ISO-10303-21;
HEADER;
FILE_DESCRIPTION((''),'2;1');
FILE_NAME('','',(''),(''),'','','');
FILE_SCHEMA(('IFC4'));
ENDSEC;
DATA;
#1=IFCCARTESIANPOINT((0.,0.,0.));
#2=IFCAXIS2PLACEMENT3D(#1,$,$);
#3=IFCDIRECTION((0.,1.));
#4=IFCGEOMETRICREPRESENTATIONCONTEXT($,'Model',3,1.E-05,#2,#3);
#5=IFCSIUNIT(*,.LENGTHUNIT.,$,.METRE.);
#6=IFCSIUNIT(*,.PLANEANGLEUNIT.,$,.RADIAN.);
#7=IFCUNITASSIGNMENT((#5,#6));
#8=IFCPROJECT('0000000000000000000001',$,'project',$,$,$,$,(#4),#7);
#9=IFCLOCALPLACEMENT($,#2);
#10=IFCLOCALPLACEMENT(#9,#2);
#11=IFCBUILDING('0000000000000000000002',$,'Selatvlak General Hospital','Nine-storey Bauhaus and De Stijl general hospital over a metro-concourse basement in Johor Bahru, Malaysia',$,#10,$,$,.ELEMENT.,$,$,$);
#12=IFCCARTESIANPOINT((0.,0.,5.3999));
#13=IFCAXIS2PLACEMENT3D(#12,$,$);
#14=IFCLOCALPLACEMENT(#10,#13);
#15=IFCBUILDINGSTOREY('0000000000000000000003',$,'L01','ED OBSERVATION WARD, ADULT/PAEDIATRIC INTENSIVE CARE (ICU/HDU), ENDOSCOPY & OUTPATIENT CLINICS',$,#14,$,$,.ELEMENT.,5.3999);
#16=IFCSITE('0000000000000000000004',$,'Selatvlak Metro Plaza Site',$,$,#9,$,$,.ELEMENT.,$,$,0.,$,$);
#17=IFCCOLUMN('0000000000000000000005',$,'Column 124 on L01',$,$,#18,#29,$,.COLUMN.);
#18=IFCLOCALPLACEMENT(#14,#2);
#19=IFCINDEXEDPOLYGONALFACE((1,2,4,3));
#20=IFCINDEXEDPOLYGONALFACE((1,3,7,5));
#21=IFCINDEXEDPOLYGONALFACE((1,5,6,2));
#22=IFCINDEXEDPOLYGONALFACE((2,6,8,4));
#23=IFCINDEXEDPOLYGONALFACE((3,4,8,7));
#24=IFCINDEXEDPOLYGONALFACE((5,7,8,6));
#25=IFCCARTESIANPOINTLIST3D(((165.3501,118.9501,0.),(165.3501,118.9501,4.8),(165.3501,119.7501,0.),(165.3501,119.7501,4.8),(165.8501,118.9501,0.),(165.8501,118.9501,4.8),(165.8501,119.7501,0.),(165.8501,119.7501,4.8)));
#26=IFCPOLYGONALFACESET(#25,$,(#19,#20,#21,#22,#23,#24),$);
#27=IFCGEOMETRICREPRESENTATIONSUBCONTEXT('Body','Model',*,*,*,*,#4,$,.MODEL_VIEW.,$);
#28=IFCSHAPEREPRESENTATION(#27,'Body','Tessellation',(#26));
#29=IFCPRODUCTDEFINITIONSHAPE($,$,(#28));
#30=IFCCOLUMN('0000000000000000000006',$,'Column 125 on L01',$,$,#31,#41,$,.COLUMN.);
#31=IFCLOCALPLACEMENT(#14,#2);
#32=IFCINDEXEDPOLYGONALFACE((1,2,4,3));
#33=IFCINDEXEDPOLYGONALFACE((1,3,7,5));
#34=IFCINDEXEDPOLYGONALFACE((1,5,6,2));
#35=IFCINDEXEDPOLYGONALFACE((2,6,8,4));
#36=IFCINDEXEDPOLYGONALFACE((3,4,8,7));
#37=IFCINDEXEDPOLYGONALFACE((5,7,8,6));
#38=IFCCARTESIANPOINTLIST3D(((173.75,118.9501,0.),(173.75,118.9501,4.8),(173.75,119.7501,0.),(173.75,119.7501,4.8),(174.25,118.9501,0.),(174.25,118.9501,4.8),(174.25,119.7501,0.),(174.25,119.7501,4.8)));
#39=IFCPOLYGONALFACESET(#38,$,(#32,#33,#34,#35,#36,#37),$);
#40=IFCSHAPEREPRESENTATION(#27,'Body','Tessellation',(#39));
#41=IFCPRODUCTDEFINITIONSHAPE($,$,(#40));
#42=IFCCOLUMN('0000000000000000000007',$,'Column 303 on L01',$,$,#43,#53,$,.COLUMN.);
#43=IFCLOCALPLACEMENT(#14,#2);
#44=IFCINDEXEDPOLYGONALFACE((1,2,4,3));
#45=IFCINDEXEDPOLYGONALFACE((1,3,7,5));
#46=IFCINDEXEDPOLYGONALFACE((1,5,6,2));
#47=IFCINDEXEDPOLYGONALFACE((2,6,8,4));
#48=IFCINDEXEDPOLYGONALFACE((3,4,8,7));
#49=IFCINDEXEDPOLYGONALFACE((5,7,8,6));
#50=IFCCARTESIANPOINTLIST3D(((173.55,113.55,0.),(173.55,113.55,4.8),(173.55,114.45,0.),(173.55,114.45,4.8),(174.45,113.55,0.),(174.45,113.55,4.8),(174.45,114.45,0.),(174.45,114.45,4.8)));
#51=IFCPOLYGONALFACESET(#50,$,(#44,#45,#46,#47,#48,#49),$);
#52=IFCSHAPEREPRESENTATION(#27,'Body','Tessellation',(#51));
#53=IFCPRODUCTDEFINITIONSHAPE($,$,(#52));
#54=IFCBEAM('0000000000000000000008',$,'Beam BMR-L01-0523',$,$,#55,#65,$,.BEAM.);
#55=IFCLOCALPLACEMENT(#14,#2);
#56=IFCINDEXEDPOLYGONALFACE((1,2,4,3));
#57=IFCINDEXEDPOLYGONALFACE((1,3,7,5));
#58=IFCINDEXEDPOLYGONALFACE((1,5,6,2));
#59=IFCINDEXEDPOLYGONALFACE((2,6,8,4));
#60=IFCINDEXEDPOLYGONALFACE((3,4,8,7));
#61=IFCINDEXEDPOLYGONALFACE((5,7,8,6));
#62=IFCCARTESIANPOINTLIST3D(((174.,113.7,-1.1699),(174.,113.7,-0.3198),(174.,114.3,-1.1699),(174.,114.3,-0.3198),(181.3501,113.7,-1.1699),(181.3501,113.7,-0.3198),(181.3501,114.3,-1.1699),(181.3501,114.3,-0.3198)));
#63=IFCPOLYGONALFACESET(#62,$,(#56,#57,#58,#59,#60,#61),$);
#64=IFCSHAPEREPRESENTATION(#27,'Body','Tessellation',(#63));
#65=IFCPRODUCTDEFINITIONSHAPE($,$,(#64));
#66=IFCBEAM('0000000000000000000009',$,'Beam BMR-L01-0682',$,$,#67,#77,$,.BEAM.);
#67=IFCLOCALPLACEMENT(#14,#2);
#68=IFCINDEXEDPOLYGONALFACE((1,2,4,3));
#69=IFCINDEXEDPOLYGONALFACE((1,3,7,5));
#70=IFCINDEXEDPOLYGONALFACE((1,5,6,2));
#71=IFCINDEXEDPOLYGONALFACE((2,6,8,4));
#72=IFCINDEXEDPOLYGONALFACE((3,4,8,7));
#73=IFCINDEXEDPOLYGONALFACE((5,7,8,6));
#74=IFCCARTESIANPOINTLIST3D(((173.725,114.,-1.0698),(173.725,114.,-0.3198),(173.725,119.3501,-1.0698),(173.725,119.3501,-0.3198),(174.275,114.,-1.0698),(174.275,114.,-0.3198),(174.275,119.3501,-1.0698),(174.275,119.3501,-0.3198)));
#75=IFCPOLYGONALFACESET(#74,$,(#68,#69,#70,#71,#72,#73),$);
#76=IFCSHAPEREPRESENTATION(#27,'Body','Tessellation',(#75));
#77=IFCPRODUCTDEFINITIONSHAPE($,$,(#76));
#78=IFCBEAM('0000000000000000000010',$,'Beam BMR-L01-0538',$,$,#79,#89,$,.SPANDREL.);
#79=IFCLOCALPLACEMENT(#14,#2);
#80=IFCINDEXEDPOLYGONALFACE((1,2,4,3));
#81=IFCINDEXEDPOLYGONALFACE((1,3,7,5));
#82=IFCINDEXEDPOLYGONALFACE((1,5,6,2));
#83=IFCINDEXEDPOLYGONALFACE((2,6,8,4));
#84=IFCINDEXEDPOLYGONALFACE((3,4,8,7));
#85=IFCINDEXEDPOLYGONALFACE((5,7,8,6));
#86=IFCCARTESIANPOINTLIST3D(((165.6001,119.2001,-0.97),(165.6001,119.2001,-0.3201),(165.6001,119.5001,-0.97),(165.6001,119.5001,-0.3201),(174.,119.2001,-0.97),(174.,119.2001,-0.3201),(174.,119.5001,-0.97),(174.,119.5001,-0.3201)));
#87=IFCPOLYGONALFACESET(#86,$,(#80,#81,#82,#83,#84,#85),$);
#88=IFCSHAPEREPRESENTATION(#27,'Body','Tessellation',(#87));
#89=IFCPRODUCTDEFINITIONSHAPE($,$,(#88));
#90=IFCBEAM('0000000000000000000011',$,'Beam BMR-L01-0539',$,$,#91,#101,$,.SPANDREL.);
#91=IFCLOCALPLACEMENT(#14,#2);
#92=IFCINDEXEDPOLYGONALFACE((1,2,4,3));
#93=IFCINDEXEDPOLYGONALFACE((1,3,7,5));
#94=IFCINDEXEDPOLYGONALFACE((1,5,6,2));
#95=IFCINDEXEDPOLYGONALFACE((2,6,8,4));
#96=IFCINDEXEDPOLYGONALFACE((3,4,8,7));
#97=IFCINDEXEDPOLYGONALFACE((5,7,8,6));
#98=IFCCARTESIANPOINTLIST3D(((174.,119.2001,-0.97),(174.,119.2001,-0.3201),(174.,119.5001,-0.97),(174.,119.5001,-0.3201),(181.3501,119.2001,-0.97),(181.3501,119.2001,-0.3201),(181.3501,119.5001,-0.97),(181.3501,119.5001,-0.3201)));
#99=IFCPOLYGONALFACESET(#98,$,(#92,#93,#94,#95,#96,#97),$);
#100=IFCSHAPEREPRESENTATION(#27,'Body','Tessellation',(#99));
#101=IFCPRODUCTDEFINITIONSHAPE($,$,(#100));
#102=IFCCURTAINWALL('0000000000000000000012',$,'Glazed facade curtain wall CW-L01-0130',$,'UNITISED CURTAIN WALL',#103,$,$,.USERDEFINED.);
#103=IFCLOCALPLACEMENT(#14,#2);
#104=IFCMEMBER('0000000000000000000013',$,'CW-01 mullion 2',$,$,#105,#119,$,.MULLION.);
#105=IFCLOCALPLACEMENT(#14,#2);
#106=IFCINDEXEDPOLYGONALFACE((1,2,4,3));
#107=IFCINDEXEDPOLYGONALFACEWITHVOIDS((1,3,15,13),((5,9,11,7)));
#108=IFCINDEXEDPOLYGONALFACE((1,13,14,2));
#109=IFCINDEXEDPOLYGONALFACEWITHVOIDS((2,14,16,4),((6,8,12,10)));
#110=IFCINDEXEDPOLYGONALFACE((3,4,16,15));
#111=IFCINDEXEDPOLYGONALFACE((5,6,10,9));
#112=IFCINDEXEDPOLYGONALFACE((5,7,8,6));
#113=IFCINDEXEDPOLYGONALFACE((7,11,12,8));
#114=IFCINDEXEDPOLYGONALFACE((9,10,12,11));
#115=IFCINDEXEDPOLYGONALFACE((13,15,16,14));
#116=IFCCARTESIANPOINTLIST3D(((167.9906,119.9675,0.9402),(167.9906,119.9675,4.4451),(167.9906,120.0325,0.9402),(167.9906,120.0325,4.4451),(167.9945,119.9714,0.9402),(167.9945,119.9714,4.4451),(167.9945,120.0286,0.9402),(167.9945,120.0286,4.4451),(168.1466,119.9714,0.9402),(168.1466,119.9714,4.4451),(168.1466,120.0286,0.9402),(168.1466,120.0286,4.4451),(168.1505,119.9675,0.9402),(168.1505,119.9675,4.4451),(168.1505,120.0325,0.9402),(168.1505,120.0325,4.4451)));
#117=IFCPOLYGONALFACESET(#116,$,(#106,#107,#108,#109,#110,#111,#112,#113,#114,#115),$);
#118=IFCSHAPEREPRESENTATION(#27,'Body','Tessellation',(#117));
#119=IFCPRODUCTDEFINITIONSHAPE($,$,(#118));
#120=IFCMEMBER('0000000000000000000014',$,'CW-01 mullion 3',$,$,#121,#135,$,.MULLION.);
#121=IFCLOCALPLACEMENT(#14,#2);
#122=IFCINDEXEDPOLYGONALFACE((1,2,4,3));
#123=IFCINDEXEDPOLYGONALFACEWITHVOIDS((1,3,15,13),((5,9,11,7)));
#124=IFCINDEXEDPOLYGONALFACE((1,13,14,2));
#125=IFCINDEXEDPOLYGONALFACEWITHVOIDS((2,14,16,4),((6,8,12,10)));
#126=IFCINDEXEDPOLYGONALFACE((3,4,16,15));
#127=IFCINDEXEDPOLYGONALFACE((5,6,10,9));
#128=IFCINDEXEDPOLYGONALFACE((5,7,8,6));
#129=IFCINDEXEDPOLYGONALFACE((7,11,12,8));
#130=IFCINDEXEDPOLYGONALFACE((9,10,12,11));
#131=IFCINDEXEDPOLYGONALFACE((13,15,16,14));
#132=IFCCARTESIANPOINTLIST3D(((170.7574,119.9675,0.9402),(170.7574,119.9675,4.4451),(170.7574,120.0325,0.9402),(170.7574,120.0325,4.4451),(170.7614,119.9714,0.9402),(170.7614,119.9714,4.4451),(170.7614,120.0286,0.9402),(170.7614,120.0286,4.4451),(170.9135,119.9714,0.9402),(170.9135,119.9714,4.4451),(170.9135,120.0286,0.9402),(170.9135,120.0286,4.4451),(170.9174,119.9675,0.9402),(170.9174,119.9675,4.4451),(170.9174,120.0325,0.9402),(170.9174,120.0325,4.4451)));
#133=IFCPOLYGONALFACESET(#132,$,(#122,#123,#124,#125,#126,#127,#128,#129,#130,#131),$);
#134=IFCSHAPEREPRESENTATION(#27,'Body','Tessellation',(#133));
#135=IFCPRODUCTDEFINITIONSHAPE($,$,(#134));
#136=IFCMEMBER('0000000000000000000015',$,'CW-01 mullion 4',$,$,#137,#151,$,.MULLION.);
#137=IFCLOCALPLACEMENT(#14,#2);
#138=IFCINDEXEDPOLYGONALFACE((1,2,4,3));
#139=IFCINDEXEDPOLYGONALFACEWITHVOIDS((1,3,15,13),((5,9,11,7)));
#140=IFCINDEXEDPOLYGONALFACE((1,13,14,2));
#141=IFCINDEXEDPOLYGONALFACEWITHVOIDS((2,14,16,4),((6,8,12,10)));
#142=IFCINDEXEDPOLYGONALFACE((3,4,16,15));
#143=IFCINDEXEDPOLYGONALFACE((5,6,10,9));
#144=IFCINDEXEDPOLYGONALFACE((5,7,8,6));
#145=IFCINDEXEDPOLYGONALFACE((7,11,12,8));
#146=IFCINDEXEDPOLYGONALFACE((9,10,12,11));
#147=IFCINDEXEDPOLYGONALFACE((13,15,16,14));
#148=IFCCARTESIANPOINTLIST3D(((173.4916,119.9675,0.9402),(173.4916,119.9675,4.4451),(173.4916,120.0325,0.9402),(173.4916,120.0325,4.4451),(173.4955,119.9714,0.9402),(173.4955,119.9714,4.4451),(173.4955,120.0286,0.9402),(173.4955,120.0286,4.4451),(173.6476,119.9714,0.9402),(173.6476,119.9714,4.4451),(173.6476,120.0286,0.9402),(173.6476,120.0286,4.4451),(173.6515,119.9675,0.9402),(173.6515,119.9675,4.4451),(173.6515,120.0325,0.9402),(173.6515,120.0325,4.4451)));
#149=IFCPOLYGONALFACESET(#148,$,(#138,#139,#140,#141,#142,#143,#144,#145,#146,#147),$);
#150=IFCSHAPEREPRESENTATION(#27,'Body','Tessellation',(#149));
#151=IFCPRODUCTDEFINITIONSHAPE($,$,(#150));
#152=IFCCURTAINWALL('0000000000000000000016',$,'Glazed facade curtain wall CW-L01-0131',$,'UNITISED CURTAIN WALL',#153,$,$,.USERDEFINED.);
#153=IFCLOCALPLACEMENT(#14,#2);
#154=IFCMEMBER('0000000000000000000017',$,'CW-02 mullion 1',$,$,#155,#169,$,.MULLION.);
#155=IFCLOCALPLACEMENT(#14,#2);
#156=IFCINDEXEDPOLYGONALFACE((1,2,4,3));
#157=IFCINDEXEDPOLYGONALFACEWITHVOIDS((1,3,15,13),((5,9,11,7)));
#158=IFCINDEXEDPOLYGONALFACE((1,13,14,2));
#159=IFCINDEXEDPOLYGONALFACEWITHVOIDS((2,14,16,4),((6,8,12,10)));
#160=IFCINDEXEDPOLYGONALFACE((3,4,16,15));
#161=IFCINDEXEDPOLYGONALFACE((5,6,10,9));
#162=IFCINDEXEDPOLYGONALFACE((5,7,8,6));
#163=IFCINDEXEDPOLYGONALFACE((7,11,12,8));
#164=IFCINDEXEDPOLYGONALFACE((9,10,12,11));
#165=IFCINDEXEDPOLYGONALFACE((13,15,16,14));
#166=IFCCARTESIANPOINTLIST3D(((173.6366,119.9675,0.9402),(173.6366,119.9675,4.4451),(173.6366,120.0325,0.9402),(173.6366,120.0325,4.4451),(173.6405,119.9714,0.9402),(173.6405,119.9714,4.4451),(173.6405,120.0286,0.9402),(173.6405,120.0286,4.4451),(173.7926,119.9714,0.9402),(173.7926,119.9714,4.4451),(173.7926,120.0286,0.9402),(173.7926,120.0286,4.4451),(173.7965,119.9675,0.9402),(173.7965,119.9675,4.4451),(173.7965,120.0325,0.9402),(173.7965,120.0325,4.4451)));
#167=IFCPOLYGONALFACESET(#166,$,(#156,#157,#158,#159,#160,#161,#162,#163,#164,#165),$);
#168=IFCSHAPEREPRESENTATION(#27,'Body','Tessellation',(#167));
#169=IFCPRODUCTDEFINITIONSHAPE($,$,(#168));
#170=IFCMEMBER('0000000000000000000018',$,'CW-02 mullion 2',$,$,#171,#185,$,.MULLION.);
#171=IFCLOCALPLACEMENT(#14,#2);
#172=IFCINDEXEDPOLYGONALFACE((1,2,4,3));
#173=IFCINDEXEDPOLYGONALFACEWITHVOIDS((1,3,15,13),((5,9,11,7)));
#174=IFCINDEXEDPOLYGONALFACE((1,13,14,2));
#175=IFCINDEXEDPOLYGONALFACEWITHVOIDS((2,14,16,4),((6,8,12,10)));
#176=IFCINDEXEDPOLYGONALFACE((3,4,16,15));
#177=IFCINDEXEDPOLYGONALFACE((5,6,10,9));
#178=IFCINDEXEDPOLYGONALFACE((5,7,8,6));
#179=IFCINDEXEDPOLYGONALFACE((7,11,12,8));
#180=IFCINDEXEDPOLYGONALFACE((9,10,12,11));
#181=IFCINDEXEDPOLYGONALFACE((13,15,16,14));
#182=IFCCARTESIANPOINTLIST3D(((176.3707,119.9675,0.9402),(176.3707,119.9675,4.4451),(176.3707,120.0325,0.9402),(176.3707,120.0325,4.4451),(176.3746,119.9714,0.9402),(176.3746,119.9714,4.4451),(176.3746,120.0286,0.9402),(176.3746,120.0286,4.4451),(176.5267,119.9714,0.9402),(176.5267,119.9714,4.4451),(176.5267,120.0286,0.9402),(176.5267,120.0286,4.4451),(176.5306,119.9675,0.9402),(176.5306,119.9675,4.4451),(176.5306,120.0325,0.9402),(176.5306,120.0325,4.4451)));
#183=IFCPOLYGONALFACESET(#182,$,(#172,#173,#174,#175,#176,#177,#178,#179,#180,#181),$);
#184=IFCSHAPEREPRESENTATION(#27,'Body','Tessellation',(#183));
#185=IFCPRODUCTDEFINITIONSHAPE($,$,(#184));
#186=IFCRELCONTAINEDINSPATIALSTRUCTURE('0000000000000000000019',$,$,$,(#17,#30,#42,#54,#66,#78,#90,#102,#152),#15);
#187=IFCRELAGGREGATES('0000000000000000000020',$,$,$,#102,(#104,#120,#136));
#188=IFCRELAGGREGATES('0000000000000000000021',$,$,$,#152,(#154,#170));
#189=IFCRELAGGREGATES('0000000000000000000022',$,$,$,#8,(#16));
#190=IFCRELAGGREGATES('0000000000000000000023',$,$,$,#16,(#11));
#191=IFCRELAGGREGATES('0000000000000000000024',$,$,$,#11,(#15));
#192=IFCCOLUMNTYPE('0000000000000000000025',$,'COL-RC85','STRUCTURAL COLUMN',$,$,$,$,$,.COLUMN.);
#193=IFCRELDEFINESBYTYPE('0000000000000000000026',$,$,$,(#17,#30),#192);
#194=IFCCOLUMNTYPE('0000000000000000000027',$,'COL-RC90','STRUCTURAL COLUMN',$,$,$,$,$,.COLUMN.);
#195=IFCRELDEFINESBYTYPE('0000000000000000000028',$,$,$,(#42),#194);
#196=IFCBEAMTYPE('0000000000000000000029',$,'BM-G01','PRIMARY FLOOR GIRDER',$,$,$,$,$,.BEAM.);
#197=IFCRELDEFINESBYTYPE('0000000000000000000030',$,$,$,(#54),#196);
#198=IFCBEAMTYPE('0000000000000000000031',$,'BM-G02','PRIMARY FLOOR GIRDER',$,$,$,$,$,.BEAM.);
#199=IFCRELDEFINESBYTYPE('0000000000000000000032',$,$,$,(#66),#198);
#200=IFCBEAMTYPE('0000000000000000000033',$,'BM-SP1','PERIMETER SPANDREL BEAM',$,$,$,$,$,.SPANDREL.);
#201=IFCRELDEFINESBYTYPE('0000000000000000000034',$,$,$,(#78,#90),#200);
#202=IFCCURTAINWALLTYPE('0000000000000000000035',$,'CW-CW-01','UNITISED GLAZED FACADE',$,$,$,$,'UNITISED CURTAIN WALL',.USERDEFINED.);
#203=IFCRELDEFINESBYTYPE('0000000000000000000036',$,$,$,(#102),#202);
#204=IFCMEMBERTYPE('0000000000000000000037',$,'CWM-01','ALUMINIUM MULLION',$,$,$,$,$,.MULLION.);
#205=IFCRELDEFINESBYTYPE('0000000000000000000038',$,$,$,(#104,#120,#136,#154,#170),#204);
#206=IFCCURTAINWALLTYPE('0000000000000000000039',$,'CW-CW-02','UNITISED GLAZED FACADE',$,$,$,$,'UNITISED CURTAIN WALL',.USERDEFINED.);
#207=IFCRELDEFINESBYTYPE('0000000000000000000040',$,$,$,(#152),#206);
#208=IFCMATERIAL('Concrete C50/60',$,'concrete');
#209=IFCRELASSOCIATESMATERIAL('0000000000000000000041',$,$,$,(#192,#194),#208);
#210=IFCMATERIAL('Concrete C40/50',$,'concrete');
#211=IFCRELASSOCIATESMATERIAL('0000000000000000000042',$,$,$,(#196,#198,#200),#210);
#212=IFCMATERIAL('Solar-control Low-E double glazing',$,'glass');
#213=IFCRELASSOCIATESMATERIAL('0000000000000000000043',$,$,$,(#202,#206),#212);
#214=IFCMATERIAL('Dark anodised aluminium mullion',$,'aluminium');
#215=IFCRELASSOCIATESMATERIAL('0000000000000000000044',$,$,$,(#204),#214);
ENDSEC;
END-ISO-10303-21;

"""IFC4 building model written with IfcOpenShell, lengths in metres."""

from ifc_helpers import new_model, si_unit, direction, frame, origin, origin_2d, place, context, subcontext, project, spatial, rectangle, hollow_rectangle, extrude, material, material_profile, profile_set, type_object, element, aggregate, save


model = new_model("IFC4")

# Units and contexts
model_context = context("Model", 3, precision=1e-05, world=origin(), true_north=direction((0.0, 1.0)))
body_context = subcontext(model_context, "Body", "Model", "MODEL_VIEW")
ifc_project = project(units=[si_unit("LENGTHUNIT", "METRE"), si_unit("PLANEANGLEUNIT", "RADIAN")], contexts=[model_context])

# Site, building, storey
site_placement = place(None, origin())
site = spatial("IfcSite", under=ifc_project, at=site_placement, Name="Selatvlak Metro Plaza Site", CompositionType="ELEMENT", RefElevation=0.0)
building_placement = place(site_placement, origin())
building = spatial("IfcBuilding", under=site, at=building_placement, Name="Selatvlak General Hospital", Description="Nine-storey Bauhaus and De Stijl general hospital over a metro-concourse basement in Johor Bahru, Malaysia", CompositionType="ELEMENT")
storey_placement = place(building_placement, frame((0.0, 0.0, 5.3999)))
storey = spatial("IfcBuildingStorey", under=building, at=storey_placement, Name="L01", Description="ED OBSERVATION WARD, ADULT/PAEDIATRIC INTENSIVE CARE (ICU/HDU), ENDOSCOPY & OUTPATIENT CLINICS", CompositionType="ELEMENT", Elevation=5.3999)

# Columns
ifc_material_1 = material(Name="Concrete C50/60", Category="concrete")
ifc_material_profile_1 = material_profile(ifc_material_1, rectangle(XDim=0.5, YDim=0.8, at=origin_2d()), Name="RC-COL 800x500")
ifc_profile_set_1 = profile_set([ifc_material_profile_1], Name="Concrete C50/60")
column_type_1 = type_object("IfcColumnType", Name="COL-RC85", Description="STRUCTURAL COLUMN", PredefinedType="COLUMN", material=ifc_profile_set_1)
for number, where, z_axis, x_axis, name in (
    (1, (165.6001, 119.3501, 0.0), (0.0, 0.0, 1.0), (1.0, 0.0, 0.0), "Column 124 on L01"),
    (2, (174.0, 119.3501, 0.0), (0.0, 0.0, 1.0), (1.0, 0.0, 0.0), "Column 125 on L01"),
):
    element("IfcColumn", number, at=place(storey_placement, frame(where, z_axis=z_axis, x_axis=x_axis)), inside=storey, type_object=column_type_1, Name=name, PredefinedType="COLUMN", context=body_context, shape_type="SweptSolid", body=[
        extrude(rectangle(XDim=0.5, YDim=0.8, at=origin_2d()), origin(), (0.0, 0.0, 1.0), 4.8),
    ])
ifc_material_profile_2 = material_profile(ifc_material_1, rectangle(XDim=0.8999, YDim=0.8999, at=origin_2d()), Name="RC-COL 900x900")
ifc_profile_set_2 = profile_set([ifc_material_profile_2], Name="Concrete C50/60")
column_type_2 = type_object("IfcColumnType", Name="COL-RC90", Description="STRUCTURAL COLUMN", PredefinedType="COLUMN", material=ifc_profile_set_2)
column_placement = place(storey_placement, frame((174.0, 114.0, 0.0), z_axis=(0.0, 0.0, 1.0), x_axis=(1.0, 0.0, 0.0)))
element("IfcColumn", 3, at=column_placement, inside=storey, type_object=column_type_2, Name="Column 303 on L01", PredefinedType="COLUMN", context=body_context, shape_type="SweptSolid", body=[
    extrude(rectangle(XDim=0.8999, YDim=0.8999, at=origin_2d()), origin(), (0.0, 0.0, 1.0), 4.8),
])

# Beams
ifc_material_2 = material(Name="Concrete C40/50", Category="concrete")
ifc_material_profile_3 = material_profile(ifc_material_2, rectangle(XDim=0.6001, YDim=0.8501, at=origin_2d()), Name="RC-BM 600x850")
ifc_profile_set_3 = profile_set([ifc_material_profile_3], Name="Concrete C40/50")
beam_type_1 = type_object("IfcBeamType", Name="BM-G01", Description="PRIMARY FLOOR GIRDER", PredefinedType="BEAM", material=ifc_profile_set_3)
beam_1_placement = place(storey_placement, frame((174.0, 114.0, -0.7449), z_axis=(1.0, 0.0, 0.0), x_axis=(0.0, 1.0, 0.0)))
element("IfcBeam", 4, at=beam_1_placement, inside=storey, type_object=beam_type_1, Name="Beam BMR-L01-0523", PredefinedType="BEAM", context=body_context, shape_type="SweptSolid", body=[
    extrude(rectangle(XDim=0.6001, YDim=0.8501, at=origin_2d()), origin(), (0.0, 0.0, 1.0), 7.3501),
])
ifc_material_profile_4 = material_profile(ifc_material_2, rectangle(XDim=0.55, YDim=0.75, at=origin_2d()), Name="RC-BM 550x750")
ifc_profile_set_4 = profile_set([ifc_material_profile_4], Name="Concrete C40/50")
beam_type_2 = type_object("IfcBeamType", Name="BM-G02", Description="PRIMARY FLOOR GIRDER", PredefinedType="BEAM", material=ifc_profile_set_4)
beam_2_placement = place(storey_placement, frame((174.0, 114.0, -0.6948), z_axis=(0.0, 1.0, 0.0), x_axis=(-1.0, 0.0, 0.0)))
element("IfcBeam", 5, at=beam_2_placement, inside=storey, type_object=beam_type_2, Name="Beam BMR-L01-0682", PredefinedType="BEAM", context=body_context, shape_type="SweptSolid", body=[
    extrude(rectangle(XDim=0.55, YDim=0.75, at=origin_2d()), origin(), (0.0, 0.0, 1.0), 5.3501),
])
ifc_material_profile_5 = material_profile(ifc_material_2, rectangle(XDim=0.3, YDim=0.6499, at=origin_2d()), Name="RC-SP 300x650")
ifc_profile_set_5 = profile_set([ifc_material_profile_5], Name="Concrete C40/50")
beam_type_3 = type_object("IfcBeamType", Name="BM-SP1", Description="PERIMETER SPANDREL BEAM", PredefinedType="SPANDREL", material=ifc_profile_set_5)
beam_3_placement = place(storey_placement, frame((165.6001, 119.3501, -0.645), z_axis=(1.0, 0.0, 0.0), x_axis=(0.0, 1.0, 0.0)))
element("IfcBeam", 6, at=beam_3_placement, inside=storey, type_object=beam_type_3, Name="Beam BMR-L01-0538", PredefinedType="SPANDREL", context=body_context, shape_type="SweptSolid", body=[
    extrude(rectangle(XDim=0.3, YDim=0.6499, at=origin_2d()), origin(), (0.0, 0.0, 1.0), 8.3999),
])
beam_4_placement = place(storey_placement, frame((174.0, 119.3501, -0.645), z_axis=(1.0, 0.0, 0.0), x_axis=(0.0, 1.0, 0.0)))
element("IfcBeam", 7, at=beam_4_placement, inside=storey, type_object=beam_type_3, Name="Beam BMR-L01-0539", PredefinedType="SPANDREL", context=body_context, shape_type="SweptSolid", body=[
    extrude(rectangle(XDim=0.3, YDim=0.6499, at=origin_2d()), origin(), (0.0, 0.0, 1.0), 7.3501),
])

# Curtain walls, members
ifc_material_3 = material(Name="Solar-control Low-E double glazing", Category="glass")
curtain_wall_type_1 = type_object("IfcCurtainWallType", Name="CW-CW-01", Description="UNITISED GLAZED FACADE", ElementType="UNITISED CURTAIN WALL", PredefinedType="USERDEFINED", material=ifc_material_3)
curtain_wall_1_placement = place(storey_placement, origin())
curtain_wall_1 = element("IfcCurtainWall", 8, at=curtain_wall_1_placement, inside=storey, type_object=curtain_wall_type_1, Name="Glazed facade curtain wall CW-L01-0130", ObjectType="UNITISED CURTAIN WALL", PredefinedType="USERDEFINED")
ifc_material_4 = material(Name="Dark anodised aluminium mullion", Category="aluminium")
ifc_material_profile_6 = material_profile(ifc_material_4, hollow_rectangle(XDim=0.0649, YDim=0.1599, WallThickness=0.0039, at=origin_2d()), Name="AL-MUL 65x160x4")
ifc_profile_set_6 = profile_set([ifc_material_profile_6], Name="Dark anodised aluminium mullion")
member_type_1 = type_object("IfcMemberType", Name="CWM-01", Description="ALUMINIUM MULLION", PredefinedType="MULLION", material=ifc_profile_set_6)
member_1_placement = place(storey_placement, frame((168.0706, 120.0, 0.9402), z_axis=(0.0, 0.0, 1.0), x_axis=(0.0, 1.0, 0.0)))
member_1 = element("IfcMember", 9, at=member_1_placement, type_object=member_type_1, Name="CW-01 mullion 2", PredefinedType="MULLION", context=body_context, shape_type="SweptSolid", body=[
    extrude(hollow_rectangle(XDim=0.0649, YDim=0.1599, WallThickness=0.0039, at=origin_2d()), origin(), (0.0, 0.0, 1.0), 3.5049),
])
member_2_placement = place(storey_placement, frame((170.8374, 120.0, 0.9402), z_axis=(0.0, 0.0, 1.0), x_axis=(0.0, 1.0, 0.0)))
member_2 = element("IfcMember", 10, at=member_2_placement, type_object=member_type_1, Name="CW-01 mullion 3", PredefinedType="MULLION", context=body_context, shape_type="SweptSolid", body=[
    extrude(hollow_rectangle(XDim=0.0649, YDim=0.1599, WallThickness=0.0039, at=origin_2d()), origin(), (0.0, 0.0, 1.0), 3.5049),
])
member_3_placement = place(storey_placement, frame((173.5715, 120.0, 0.9402), z_axis=(0.0, 0.0, 1.0), x_axis=(0.0, 1.0, 0.0)))
member_3 = element("IfcMember", 11, at=member_3_placement, type_object=member_type_1, Name="CW-01 mullion 4", PredefinedType="MULLION", context=body_context, shape_type="SweptSolid", body=[
    extrude(hollow_rectangle(XDim=0.0649, YDim=0.1599, WallThickness=0.0039, at=origin_2d()), origin(), (0.0, 0.0, 1.0), 3.5049),
])
curtain_wall_type_2 = type_object("IfcCurtainWallType", Name="CW-CW-02", Description="UNITISED GLAZED FACADE", ElementType="UNITISED CURTAIN WALL", PredefinedType="USERDEFINED", material=ifc_material_3)
curtain_wall_2_placement = place(storey_placement, origin())
curtain_wall_2 = element("IfcCurtainWall", 12, at=curtain_wall_2_placement, inside=storey, type_object=curtain_wall_type_2, Name="Glazed facade curtain wall CW-L01-0131", ObjectType="UNITISED CURTAIN WALL", PredefinedType="USERDEFINED")
member_4_placement = place(storey_placement, frame((173.7166, 120.0, 0.9402), z_axis=(0.0, 0.0, 1.0), x_axis=(0.0, 1.0, 0.0)))
member_4 = element("IfcMember", 13, at=member_4_placement, type_object=member_type_1, Name="CW-02 mullion 1", PredefinedType="MULLION", context=body_context, shape_type="SweptSolid", body=[
    extrude(hollow_rectangle(XDim=0.0649, YDim=0.1599, WallThickness=0.0039, at=origin_2d()), origin(), (0.0, 0.0, 1.0), 3.5049),
])
member_5_placement = place(storey_placement, frame((176.4507, 120.0, 0.9402), z_axis=(0.0, 0.0, 1.0), x_axis=(0.0, 1.0, 0.0)))
member_5 = element("IfcMember", 14, at=member_5_placement, type_object=member_type_1, Name="CW-02 mullion 2", PredefinedType="MULLION", context=body_context, shape_type="SweptSolid", body=[
    extrude(hollow_rectangle(XDim=0.0649, YDim=0.1599, WallThickness=0.0039, at=origin_2d()), origin(), (0.0, 0.0, 1.0), 3.5049),
])

aggregate(curtain_wall_1, [member_1, member_2, member_3])
aggregate(curtain_wall_2, [member_4, member_5])

save(model, "model.ifc")
